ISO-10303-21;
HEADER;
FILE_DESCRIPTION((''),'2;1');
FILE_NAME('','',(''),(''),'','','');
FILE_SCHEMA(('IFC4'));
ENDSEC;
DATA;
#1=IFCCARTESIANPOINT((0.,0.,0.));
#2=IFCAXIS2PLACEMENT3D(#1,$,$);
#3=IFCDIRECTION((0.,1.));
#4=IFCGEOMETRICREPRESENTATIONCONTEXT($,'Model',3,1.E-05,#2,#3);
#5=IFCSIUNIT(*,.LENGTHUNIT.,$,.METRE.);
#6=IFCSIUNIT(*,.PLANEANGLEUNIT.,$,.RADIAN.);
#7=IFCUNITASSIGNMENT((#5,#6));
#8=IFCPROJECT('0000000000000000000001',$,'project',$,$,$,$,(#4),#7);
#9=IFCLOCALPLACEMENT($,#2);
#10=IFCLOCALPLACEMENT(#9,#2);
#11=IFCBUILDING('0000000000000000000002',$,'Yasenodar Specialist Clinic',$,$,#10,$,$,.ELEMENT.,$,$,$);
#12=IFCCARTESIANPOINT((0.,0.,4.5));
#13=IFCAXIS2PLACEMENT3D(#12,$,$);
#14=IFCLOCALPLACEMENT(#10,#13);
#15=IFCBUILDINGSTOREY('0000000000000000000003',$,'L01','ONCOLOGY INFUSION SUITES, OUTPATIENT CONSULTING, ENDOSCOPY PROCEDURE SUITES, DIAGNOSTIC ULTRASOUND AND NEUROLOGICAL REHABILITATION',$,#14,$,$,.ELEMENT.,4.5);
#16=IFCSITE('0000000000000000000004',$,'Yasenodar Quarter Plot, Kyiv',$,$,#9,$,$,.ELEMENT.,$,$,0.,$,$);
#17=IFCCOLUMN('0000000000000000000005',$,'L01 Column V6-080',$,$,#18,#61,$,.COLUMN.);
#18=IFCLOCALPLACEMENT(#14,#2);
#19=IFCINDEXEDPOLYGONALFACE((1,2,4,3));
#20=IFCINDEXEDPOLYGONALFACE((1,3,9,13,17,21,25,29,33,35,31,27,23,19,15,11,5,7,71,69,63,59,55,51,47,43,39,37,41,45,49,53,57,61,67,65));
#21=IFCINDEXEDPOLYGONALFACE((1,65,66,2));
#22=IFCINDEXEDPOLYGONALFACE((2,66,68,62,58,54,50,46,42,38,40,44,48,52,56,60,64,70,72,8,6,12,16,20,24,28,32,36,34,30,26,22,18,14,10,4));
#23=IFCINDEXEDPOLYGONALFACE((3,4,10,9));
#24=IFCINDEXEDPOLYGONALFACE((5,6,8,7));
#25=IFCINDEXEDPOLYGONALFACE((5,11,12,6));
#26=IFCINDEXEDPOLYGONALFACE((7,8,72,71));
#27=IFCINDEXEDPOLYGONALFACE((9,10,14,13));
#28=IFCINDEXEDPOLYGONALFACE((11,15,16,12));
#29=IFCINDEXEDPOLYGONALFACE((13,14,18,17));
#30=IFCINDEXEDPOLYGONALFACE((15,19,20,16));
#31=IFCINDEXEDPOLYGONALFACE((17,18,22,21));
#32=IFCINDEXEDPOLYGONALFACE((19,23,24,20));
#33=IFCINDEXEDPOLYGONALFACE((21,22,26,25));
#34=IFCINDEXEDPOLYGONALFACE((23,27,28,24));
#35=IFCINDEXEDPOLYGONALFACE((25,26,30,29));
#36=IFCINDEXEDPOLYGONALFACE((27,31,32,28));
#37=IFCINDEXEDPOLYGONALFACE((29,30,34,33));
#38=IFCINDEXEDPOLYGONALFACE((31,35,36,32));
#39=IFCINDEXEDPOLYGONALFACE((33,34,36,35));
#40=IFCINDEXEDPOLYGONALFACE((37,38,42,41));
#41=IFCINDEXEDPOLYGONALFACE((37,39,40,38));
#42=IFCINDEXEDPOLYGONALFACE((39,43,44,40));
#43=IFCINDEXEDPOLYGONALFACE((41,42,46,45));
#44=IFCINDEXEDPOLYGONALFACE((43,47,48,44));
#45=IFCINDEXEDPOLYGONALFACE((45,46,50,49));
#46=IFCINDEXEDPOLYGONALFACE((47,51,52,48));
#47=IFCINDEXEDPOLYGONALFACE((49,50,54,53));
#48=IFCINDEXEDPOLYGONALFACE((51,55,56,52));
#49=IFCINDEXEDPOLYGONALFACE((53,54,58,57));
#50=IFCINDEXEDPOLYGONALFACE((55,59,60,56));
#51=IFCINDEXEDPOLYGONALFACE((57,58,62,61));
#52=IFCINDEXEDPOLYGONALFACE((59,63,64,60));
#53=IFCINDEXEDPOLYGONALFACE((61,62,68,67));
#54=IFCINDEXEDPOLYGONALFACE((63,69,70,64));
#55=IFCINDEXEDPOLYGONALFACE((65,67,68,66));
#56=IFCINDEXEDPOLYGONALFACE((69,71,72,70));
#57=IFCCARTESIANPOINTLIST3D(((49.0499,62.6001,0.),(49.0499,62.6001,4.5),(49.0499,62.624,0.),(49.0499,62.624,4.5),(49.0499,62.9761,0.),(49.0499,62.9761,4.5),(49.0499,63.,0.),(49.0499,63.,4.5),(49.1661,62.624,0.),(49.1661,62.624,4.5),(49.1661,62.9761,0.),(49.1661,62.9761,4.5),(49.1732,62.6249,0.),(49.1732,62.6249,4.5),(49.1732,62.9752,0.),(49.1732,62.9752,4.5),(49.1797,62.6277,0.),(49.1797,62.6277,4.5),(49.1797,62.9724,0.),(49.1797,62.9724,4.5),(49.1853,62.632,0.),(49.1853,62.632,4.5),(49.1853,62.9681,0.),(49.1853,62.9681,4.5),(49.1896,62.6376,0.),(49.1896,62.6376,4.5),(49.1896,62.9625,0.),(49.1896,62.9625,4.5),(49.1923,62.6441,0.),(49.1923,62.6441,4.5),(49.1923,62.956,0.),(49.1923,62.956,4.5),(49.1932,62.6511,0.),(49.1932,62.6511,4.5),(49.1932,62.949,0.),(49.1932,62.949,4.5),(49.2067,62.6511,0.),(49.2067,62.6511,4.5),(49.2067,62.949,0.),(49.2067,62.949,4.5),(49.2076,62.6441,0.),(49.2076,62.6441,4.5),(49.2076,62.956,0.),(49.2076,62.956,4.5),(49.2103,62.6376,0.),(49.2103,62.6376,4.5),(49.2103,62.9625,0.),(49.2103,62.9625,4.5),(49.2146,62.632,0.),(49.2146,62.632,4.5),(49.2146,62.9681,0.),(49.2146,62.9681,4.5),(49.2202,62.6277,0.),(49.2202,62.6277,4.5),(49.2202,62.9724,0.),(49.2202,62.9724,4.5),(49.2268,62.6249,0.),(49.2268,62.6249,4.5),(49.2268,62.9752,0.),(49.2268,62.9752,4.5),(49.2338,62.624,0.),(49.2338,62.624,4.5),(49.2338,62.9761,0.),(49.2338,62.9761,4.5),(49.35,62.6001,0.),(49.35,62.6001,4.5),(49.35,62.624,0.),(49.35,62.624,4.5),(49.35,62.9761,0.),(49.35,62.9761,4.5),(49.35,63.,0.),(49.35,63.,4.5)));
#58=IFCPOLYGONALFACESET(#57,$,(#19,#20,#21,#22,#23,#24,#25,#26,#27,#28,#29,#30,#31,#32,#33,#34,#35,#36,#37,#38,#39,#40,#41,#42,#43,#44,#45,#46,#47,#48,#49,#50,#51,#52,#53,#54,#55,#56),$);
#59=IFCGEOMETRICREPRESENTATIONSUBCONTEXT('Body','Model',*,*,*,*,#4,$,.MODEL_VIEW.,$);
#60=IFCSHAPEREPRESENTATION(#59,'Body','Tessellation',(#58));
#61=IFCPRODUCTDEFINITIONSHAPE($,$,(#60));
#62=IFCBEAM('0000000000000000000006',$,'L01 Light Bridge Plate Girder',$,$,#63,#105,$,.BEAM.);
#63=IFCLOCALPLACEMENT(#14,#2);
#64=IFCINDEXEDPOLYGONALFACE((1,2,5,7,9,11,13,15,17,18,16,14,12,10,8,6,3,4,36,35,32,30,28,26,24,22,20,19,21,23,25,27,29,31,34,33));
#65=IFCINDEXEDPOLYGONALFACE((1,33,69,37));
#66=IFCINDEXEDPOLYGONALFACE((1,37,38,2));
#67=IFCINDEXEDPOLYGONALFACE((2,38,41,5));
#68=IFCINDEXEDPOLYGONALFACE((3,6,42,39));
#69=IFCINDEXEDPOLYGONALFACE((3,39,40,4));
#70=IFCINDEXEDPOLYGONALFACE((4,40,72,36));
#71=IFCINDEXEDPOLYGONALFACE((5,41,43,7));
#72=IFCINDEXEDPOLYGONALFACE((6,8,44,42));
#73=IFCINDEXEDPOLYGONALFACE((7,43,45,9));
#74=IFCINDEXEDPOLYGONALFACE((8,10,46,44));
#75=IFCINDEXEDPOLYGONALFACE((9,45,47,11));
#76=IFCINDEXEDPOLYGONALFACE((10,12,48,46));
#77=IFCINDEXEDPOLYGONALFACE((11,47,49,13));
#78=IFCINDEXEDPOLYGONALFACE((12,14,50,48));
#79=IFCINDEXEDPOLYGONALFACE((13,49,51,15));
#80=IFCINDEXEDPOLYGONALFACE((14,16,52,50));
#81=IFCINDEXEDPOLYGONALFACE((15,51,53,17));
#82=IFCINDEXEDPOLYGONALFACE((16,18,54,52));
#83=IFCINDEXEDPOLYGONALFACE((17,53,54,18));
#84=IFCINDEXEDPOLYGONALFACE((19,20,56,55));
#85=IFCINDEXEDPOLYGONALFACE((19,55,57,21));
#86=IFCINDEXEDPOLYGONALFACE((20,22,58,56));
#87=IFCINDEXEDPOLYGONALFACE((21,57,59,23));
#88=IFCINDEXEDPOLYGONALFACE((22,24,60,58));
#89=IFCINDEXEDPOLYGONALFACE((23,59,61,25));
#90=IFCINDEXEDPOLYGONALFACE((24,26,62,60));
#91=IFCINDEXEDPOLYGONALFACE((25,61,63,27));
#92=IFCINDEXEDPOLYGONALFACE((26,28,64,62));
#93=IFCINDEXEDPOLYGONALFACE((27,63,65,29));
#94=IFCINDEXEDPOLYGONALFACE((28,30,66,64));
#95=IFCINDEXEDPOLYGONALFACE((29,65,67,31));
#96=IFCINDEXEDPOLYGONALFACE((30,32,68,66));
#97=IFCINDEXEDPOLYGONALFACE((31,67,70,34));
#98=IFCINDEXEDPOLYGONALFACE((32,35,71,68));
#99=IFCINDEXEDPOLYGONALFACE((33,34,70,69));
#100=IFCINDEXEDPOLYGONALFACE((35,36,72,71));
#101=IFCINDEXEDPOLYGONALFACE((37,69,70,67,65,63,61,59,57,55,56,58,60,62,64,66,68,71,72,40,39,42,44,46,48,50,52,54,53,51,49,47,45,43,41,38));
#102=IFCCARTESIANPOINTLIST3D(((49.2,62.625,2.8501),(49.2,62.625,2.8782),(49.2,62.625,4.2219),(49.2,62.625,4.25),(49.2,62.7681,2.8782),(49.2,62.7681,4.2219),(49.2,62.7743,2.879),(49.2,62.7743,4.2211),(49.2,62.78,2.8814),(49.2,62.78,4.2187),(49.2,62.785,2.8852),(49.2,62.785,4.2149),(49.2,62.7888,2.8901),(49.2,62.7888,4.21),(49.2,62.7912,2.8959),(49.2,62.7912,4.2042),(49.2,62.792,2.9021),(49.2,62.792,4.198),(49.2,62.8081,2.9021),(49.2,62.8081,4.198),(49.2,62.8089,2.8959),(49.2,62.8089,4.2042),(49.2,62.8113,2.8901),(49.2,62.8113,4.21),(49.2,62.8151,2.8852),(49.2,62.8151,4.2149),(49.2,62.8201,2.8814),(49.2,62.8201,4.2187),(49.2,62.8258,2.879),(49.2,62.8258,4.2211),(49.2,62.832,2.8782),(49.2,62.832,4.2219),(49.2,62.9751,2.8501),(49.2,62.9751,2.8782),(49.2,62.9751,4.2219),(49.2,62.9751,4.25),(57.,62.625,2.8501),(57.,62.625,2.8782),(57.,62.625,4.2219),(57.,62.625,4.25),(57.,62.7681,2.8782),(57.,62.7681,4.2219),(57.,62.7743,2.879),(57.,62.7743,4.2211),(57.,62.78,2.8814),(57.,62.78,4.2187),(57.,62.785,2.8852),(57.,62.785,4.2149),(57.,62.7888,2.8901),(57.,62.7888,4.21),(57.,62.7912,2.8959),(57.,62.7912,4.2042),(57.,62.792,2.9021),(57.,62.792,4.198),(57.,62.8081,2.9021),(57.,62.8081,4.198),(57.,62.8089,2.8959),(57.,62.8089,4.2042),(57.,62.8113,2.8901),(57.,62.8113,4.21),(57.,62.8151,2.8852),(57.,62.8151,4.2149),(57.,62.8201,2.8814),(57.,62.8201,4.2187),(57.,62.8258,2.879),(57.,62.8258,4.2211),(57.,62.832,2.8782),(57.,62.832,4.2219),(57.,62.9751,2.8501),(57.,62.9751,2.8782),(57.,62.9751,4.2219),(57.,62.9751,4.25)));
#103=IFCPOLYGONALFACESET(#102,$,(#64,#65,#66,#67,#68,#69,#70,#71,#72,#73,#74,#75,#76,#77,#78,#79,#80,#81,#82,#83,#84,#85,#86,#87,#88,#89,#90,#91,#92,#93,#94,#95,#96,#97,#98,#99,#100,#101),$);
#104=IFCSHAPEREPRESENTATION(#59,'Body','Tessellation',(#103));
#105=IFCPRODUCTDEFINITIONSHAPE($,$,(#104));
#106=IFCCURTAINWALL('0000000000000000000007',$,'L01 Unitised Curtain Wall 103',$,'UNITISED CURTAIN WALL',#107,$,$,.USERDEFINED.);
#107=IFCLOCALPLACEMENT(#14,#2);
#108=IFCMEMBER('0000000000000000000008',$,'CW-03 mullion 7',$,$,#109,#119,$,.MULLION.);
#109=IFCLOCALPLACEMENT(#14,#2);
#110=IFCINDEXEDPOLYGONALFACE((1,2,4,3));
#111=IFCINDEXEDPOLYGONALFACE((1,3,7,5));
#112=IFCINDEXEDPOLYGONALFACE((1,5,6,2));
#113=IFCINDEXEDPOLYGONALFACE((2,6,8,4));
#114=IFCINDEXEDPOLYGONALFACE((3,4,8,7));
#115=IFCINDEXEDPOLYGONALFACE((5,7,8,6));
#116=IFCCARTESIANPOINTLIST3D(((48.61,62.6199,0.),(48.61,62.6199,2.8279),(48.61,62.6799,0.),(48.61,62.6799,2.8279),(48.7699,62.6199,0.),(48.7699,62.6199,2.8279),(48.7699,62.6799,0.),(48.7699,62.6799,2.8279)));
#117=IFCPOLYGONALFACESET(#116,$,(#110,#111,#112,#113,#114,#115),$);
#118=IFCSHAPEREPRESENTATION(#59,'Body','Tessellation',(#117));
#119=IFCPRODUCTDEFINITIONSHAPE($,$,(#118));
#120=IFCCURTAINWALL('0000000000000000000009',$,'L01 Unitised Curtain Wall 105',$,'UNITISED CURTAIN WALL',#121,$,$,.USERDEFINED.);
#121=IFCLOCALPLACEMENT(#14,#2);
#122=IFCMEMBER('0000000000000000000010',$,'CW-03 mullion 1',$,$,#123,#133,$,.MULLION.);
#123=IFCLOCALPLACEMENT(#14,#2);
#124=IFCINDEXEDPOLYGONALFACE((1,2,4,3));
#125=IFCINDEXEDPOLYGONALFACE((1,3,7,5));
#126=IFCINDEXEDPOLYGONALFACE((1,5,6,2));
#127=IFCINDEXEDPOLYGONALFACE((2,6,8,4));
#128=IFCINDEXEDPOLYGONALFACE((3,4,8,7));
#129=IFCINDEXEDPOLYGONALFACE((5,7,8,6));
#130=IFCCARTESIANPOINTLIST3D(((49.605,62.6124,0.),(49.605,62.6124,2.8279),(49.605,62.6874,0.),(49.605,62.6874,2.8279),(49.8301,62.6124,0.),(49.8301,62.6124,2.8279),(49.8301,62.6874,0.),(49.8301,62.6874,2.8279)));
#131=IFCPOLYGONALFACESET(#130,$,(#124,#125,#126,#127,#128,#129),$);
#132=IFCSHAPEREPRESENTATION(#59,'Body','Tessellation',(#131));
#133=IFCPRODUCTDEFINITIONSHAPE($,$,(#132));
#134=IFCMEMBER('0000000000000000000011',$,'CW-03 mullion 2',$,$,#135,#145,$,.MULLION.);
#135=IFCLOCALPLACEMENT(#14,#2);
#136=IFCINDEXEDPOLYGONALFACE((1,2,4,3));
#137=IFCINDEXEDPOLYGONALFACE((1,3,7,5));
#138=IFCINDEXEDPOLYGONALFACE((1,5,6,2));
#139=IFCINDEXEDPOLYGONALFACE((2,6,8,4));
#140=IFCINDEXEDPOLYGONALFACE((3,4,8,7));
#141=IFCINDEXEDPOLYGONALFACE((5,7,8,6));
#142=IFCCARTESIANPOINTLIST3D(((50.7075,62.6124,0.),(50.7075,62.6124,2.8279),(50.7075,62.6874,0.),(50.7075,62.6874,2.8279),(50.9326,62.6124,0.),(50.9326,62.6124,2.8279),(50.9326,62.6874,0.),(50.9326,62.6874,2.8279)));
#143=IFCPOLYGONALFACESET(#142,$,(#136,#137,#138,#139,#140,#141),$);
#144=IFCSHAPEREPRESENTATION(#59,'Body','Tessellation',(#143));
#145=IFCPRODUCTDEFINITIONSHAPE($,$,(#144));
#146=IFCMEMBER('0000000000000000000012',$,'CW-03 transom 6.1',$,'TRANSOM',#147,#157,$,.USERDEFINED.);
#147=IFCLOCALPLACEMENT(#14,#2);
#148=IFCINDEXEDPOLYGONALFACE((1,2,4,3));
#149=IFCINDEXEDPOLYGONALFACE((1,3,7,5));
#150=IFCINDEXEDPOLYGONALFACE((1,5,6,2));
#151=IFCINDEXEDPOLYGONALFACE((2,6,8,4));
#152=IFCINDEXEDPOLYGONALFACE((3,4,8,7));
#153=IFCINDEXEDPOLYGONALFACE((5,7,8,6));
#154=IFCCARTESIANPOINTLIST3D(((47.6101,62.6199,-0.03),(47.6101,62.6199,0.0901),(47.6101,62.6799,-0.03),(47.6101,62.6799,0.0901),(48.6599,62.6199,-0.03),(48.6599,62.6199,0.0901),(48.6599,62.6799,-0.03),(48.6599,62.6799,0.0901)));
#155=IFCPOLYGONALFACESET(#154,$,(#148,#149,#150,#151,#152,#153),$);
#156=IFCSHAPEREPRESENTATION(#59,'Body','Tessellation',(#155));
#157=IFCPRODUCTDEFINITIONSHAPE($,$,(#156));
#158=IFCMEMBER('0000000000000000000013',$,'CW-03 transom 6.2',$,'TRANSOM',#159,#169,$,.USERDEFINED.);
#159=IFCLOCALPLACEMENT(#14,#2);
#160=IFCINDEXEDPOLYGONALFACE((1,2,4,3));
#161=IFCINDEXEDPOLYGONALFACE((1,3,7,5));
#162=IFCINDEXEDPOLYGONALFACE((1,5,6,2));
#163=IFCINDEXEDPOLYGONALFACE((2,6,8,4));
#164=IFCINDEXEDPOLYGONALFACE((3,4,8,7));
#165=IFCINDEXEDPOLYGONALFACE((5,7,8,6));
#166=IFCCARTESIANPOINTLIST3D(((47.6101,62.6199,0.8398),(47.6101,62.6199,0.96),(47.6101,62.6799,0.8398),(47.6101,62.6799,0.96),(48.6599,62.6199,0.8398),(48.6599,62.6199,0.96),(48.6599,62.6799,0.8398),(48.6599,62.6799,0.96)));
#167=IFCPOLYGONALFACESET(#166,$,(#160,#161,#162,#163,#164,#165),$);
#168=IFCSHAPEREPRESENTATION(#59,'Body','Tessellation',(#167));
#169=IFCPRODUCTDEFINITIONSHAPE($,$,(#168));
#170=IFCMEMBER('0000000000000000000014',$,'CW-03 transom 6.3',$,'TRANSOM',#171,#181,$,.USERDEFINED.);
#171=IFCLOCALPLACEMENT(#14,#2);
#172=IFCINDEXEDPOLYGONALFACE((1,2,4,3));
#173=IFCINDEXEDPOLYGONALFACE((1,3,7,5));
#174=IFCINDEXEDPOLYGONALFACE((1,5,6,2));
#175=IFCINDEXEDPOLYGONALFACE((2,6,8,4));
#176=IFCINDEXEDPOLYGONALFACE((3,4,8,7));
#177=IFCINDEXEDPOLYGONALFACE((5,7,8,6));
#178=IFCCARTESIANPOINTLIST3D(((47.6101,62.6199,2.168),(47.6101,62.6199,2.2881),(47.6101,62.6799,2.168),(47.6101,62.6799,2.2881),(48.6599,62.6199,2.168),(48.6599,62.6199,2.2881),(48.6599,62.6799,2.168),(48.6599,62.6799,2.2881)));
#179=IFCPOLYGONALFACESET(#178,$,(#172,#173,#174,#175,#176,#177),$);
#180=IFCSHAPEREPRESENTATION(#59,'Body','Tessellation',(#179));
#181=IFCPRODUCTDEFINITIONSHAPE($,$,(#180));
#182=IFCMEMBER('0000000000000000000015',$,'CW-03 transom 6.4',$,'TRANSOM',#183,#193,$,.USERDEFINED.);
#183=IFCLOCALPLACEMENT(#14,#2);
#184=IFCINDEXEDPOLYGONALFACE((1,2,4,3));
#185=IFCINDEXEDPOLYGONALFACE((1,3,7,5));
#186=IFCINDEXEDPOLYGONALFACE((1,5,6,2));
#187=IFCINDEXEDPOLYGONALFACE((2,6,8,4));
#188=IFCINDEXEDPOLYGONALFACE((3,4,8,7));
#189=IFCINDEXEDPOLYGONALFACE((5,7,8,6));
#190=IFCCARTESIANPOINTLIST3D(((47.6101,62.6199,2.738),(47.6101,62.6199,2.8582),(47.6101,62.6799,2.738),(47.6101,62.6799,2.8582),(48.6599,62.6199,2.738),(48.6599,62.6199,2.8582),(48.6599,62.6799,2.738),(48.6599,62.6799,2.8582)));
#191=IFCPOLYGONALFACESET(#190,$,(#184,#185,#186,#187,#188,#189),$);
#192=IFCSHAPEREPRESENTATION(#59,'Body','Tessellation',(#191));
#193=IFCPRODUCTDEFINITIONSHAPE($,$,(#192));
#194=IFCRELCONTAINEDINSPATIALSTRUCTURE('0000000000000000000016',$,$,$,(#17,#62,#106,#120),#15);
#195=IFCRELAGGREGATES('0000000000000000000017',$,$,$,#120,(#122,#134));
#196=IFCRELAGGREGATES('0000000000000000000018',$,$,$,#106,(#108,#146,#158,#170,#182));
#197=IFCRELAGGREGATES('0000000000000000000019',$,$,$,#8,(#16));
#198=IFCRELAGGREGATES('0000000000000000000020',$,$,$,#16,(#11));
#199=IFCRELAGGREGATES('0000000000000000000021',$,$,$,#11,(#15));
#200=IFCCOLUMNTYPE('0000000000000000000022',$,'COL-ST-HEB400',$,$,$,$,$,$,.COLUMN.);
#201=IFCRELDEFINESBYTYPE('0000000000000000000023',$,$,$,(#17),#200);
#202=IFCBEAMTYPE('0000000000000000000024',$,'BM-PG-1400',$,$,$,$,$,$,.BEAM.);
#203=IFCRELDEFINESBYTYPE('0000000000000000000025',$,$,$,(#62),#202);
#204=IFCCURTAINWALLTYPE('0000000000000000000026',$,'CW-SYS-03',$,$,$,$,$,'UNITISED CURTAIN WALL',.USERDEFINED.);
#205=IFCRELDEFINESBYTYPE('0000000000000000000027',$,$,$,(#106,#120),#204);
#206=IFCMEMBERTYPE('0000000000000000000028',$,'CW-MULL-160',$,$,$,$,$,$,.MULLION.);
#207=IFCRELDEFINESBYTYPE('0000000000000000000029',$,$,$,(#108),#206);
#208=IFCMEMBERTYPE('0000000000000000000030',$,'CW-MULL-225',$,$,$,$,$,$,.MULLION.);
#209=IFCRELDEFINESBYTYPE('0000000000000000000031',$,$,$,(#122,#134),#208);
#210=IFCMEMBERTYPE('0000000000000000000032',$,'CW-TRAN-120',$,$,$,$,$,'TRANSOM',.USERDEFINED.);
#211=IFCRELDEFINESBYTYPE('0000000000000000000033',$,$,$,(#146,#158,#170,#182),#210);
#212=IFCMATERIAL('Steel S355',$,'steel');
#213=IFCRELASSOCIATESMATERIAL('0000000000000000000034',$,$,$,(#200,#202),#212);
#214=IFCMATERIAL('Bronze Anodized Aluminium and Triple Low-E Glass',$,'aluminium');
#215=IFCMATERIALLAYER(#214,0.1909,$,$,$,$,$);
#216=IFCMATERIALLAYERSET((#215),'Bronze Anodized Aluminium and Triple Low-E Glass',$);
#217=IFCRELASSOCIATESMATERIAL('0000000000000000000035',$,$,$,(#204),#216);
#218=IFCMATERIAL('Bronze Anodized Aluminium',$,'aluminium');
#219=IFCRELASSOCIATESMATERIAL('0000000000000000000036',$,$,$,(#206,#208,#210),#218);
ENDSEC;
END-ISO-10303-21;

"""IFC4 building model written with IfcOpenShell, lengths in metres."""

from ifc_helpers import new_model, si_unit, direction, frame, origin, origin_2d, place, context, subcontext, project, spatial, rectangle, i_section, extrude, material, layer, layer_set, material_profile, profile_set, type_object, element, aggregate, save


model = new_model("IFC4")

# Units and contexts
model_context = context("Model", 3, precision=1e-05, world=origin(), true_north=direction((0.0, 1.0)))
body_context = subcontext(model_context, "Body", "Model", "MODEL_VIEW")
ifc_project = project(units=[si_unit("LENGTHUNIT", "METRE"), si_unit("PLANEANGLEUNIT", "RADIAN")], contexts=[model_context])

# Site, building, storey
site_placement = place(None, origin())
site = spatial("IfcSite", under=ifc_project, at=site_placement, Name="Yasenodar Quarter Plot, Kyiv", CompositionType="ELEMENT", RefElevation=0.0)
building_placement = place(site_placement, origin())
building = spatial("IfcBuilding", under=site, at=building_placement, Name="Yasenodar Specialist Clinic", CompositionType="ELEMENT")
storey_placement = place(building_placement, frame((0.0, 0.0, 4.5)))
storey = spatial("IfcBuildingStorey", under=building, at=storey_placement, Name="L01", Description="ONCOLOGY INFUSION SUITES, OUTPATIENT CONSULTING, ENDOSCOPY PROCEDURE SUITES, DIAGNOSTIC ULTRASOUND AND NEUROLOGICAL REHABILITATION", CompositionType="ELEMENT", Elevation=4.5)

# Column
ifc_material_1 = material(Name="Steel S355", Category="steel")
ifc_material_profile_1 = material_profile(ifc_material_1, i_section(OverallWidth=0.3, OverallDepth=0.3999, WebThickness=0.0134, FlangeThickness=0.0239, FilletRadius=0.0271, at=origin_2d()), Name="HEB 400")
ifc_profile_set_1 = profile_set([ifc_material_profile_1], Name="Steel S355")
column_type = type_object("IfcColumnType", Name="COL-ST-HEB400", PredefinedType="COLUMN", material=ifc_profile_set_1)
column_placement = place(storey_placement, frame((49.2, 62.8, 0.0), z_axis=(0.0, 0.0, 1.0), x_axis=(1.0, 0.0, 0.0)))
element("IfcColumn", 1, at=column_placement, inside=storey, type_object=column_type, Name="L01 Column V6-080", PredefinedType="COLUMN", context=body_context, shape_type="SweptSolid", body=[
    extrude(i_section(OverallWidth=0.3, OverallDepth=0.3999, WebThickness=0.0134, FlangeThickness=0.0239, FilletRadius=0.0271, at=origin_2d()), origin(), (0.0, 0.0, 1.0), 4.5),
])

# Beam
ifc_material_profile_2 = material_profile(ifc_material_1, i_section(OverallWidth=0.3501, OverallDepth=1.3999, WebThickness=0.0161, FlangeThickness=0.0281, FilletRadius=0.0239, at=origin_2d()), Name="PG 1400x350")
ifc_profile_set_2 = profile_set([ifc_material_profile_2], Name="Steel S355")
beam_type = type_object("IfcBeamType", Name="BM-PG-1400", PredefinedType="BEAM", material=ifc_profile_set_2)
beam_placement = place(storey_placement, frame((49.2, 62.8, 3.55), z_axis=(1.0, 0.0, 0.0), x_axis=(0.0, 1.0, 0.0)))
element("IfcBeam", 2, at=beam_placement, inside=storey, type_object=beam_type, Name="L01 Light Bridge Plate Girder", PredefinedType="BEAM", context=body_context, shape_type="SweptSolid", body=[
    extrude(i_section(OverallWidth=0.3501, OverallDepth=1.3999, WebThickness=0.0161, FlangeThickness=0.0281, FilletRadius=0.0239, at=origin_2d()), origin(), (0.0, 0.0, 1.0), 7.8),
])

# Curtain wall, member
ifc_material_2 = material(Name="Bronze Anodized Aluminium and Triple Low-E Glass", Category="aluminium")
ifc_layer_1 = layer(ifc_material_2, 0.1909)
ifc_layer_set_1 = layer_set([ifc_layer_1], Name="Bronze Anodized Aluminium and Triple Low-E Glass")
curtain_wall_type = type_object("IfcCurtainWallType", Name="CW-SYS-03", ElementType="UNITISED CURTAIN WALL", PredefinedType="USERDEFINED", material=ifc_layer_set_1)
curtain_wall_1_placement = place(storey_placement, origin())
curtain_wall_1 = element("IfcCurtainWall", 3, at=curtain_wall_1_placement, inside=storey, type_object=curtain_wall_type, Name="L01 Unitised Curtain Wall 103", ObjectType="UNITISED CURTAIN WALL", PredefinedType="USERDEFINED")
ifc_material_3 = material(Name="Bronze Anodized Aluminium", Category="aluminium")
ifc_material_profile_3 = material_profile(ifc_material_3, rectangle(XDim=0.0601, YDim=0.1599, at=origin_2d()), Name="CW-MULL 60x160")
ifc_profile_set_3 = profile_set([ifc_material_profile_3], Name="Bronze Anodized Aluminium")
member_type_1 = type_object("IfcMemberType", Name="CW-MULL-160", PredefinedType="MULLION", material=ifc_profile_set_3)
member_1_placement = place(storey_placement, frame((48.6899, 62.6499, 0.0), z_axis=(0.0, 0.0, 1.0), x_axis=(0.0, 1.0, 0.0)))
member_1 = element("IfcMember", 4, at=member_1_placement, type_object=member_type_1, Name="CW-03 mullion 7", PredefinedType="MULLION", context=body_context, shape_type="SweptSolid", body=[
    extrude(rectangle(XDim=0.0601, YDim=0.1599, at=origin_2d()), origin(), (0.0, 0.0, 1.0), 2.8279),
])

# Curtain wall, members
curtain_wall_2_placement = place(storey_placement, origin())
curtain_wall_2 = element("IfcCurtainWall", 5, at=curtain_wall_2_placement, inside=storey, type_object=curtain_wall_type, Name="L01 Unitised Curtain Wall 105", ObjectType="UNITISED CURTAIN WALL", PredefinedType="USERDEFINED")
ifc_material_profile_4 = material_profile(ifc_material_3, rectangle(XDim=0.075, YDim=0.2251, at=origin_2d()), Name="CW-MULL 75x225")
ifc_profile_set_4 = profile_set([ifc_material_profile_4], Name="Bronze Anodized Aluminium")
member_type_2 = type_object("IfcMemberType", Name="CW-MULL-225", PredefinedType="MULLION", material=ifc_profile_set_4)
member_2_placement = place(storey_placement, frame((49.7175, 62.6499, 0.0), z_axis=(0.0, 0.0, 1.0), x_axis=(0.0, 1.0, 0.0)))
member_2 = element("IfcMember", 6, at=member_2_placement, type_object=member_type_2, Name="CW-03 mullion 1", PredefinedType="MULLION", context=body_context, shape_type="SweptSolid", body=[
    extrude(rectangle(XDim=0.075, YDim=0.2251, at=origin_2d()), origin(), (0.0, 0.0, 1.0), 2.8279),
])
member_3_placement = place(storey_placement, frame((50.8201, 62.6499, 0.0), z_axis=(0.0, 0.0, 1.0), x_axis=(0.0, 1.0, 0.0)))
member_3 = element("IfcMember", 7, at=member_3_placement, type_object=member_type_2, Name="CW-03 mullion 2", PredefinedType="MULLION", context=body_context, shape_type="SweptSolid", body=[
    extrude(rectangle(XDim=0.075, YDim=0.2251, at=origin_2d()), origin(), (0.0, 0.0, 1.0), 2.8279),
])

# Members
ifc_material_profile_5 = material_profile(ifc_material_3, rectangle(XDim=0.0601, YDim=0.1201, at=origin_2d()), Name="CW-TRAN 60x120")
ifc_profile_set_5 = profile_set([ifc_material_profile_5], Name="Bronze Anodized Aluminium")
member_type_3 = type_object("IfcMemberType", Name="CW-TRAN-120", ElementType="TRANSOM", PredefinedType="USERDEFINED", material=ifc_profile_set_5)
member_4_placement = place(storey_placement, frame((47.6101, 62.6499, 0.03), z_axis=(1.0, 0.0, 0.0), x_axis=(0.0, 1.0, 0.0)))
member_4 = element("IfcMember", 8, at=member_4_placement, type_object=member_type_3, Name="CW-03 transom 6.1", ObjectType="TRANSOM", PredefinedType="USERDEFINED", context=body_context, shape_type="SweptSolid", body=[
    extrude(rectangle(XDim=0.0601, YDim=0.1201, at=origin_2d()), origin(), (0.0, 0.0, 1.0), 1.0498),
])
member_5_placement = place(storey_placement, frame((47.6101, 62.6499, 0.8999), z_axis=(1.0, 0.0, 0.0), x_axis=(0.0, 1.0, 0.0)))
member_5 = element("IfcMember", 9, at=member_5_placement, type_object=member_type_3, Name="CW-03 transom 6.2", ObjectType="TRANSOM", PredefinedType="USERDEFINED", context=body_context, shape_type="SweptSolid", body=[
    extrude(rectangle(XDim=0.0601, YDim=0.1201, at=origin_2d()), origin(), (0.0, 0.0, 1.0), 1.0498),
])
member_6_placement = place(storey_placement, frame((47.6101, 62.6499, 2.228), z_axis=(1.0, 0.0, 0.0), x_axis=(0.0, 1.0, 0.0)))
member_6 = element("IfcMember", 10, at=member_6_placement, type_object=member_type_3, Name="CW-03 transom 6.3", ObjectType="TRANSOM", PredefinedType="USERDEFINED", context=body_context, shape_type="SweptSolid", body=[
    extrude(rectangle(XDim=0.0601, YDim=0.1201, at=origin_2d()), origin(), (0.0, 0.0, 1.0), 1.0498),
])
member_7_placement = place(storey_placement, frame((47.6101, 62.6499, 2.7981), z_axis=(1.0, 0.0, 0.0), x_axis=(0.0, 1.0, 0.0)))
member_7 = element("IfcMember", 11, at=member_7_placement, type_object=member_type_3, Name="CW-03 transom 6.4", ObjectType="TRANSOM", PredefinedType="USERDEFINED", context=body_context, shape_type="SweptSolid", body=[
    extrude(rectangle(XDim=0.0601, YDim=0.1201, at=origin_2d()), origin(), (0.0, 0.0, 1.0), 1.0498),
])

aggregate(curtain_wall_2, [member_2, member_3])
aggregate(curtain_wall_1, [member_1, member_4, member_5, member_6, member_7])

save(model, "model.ifc")
